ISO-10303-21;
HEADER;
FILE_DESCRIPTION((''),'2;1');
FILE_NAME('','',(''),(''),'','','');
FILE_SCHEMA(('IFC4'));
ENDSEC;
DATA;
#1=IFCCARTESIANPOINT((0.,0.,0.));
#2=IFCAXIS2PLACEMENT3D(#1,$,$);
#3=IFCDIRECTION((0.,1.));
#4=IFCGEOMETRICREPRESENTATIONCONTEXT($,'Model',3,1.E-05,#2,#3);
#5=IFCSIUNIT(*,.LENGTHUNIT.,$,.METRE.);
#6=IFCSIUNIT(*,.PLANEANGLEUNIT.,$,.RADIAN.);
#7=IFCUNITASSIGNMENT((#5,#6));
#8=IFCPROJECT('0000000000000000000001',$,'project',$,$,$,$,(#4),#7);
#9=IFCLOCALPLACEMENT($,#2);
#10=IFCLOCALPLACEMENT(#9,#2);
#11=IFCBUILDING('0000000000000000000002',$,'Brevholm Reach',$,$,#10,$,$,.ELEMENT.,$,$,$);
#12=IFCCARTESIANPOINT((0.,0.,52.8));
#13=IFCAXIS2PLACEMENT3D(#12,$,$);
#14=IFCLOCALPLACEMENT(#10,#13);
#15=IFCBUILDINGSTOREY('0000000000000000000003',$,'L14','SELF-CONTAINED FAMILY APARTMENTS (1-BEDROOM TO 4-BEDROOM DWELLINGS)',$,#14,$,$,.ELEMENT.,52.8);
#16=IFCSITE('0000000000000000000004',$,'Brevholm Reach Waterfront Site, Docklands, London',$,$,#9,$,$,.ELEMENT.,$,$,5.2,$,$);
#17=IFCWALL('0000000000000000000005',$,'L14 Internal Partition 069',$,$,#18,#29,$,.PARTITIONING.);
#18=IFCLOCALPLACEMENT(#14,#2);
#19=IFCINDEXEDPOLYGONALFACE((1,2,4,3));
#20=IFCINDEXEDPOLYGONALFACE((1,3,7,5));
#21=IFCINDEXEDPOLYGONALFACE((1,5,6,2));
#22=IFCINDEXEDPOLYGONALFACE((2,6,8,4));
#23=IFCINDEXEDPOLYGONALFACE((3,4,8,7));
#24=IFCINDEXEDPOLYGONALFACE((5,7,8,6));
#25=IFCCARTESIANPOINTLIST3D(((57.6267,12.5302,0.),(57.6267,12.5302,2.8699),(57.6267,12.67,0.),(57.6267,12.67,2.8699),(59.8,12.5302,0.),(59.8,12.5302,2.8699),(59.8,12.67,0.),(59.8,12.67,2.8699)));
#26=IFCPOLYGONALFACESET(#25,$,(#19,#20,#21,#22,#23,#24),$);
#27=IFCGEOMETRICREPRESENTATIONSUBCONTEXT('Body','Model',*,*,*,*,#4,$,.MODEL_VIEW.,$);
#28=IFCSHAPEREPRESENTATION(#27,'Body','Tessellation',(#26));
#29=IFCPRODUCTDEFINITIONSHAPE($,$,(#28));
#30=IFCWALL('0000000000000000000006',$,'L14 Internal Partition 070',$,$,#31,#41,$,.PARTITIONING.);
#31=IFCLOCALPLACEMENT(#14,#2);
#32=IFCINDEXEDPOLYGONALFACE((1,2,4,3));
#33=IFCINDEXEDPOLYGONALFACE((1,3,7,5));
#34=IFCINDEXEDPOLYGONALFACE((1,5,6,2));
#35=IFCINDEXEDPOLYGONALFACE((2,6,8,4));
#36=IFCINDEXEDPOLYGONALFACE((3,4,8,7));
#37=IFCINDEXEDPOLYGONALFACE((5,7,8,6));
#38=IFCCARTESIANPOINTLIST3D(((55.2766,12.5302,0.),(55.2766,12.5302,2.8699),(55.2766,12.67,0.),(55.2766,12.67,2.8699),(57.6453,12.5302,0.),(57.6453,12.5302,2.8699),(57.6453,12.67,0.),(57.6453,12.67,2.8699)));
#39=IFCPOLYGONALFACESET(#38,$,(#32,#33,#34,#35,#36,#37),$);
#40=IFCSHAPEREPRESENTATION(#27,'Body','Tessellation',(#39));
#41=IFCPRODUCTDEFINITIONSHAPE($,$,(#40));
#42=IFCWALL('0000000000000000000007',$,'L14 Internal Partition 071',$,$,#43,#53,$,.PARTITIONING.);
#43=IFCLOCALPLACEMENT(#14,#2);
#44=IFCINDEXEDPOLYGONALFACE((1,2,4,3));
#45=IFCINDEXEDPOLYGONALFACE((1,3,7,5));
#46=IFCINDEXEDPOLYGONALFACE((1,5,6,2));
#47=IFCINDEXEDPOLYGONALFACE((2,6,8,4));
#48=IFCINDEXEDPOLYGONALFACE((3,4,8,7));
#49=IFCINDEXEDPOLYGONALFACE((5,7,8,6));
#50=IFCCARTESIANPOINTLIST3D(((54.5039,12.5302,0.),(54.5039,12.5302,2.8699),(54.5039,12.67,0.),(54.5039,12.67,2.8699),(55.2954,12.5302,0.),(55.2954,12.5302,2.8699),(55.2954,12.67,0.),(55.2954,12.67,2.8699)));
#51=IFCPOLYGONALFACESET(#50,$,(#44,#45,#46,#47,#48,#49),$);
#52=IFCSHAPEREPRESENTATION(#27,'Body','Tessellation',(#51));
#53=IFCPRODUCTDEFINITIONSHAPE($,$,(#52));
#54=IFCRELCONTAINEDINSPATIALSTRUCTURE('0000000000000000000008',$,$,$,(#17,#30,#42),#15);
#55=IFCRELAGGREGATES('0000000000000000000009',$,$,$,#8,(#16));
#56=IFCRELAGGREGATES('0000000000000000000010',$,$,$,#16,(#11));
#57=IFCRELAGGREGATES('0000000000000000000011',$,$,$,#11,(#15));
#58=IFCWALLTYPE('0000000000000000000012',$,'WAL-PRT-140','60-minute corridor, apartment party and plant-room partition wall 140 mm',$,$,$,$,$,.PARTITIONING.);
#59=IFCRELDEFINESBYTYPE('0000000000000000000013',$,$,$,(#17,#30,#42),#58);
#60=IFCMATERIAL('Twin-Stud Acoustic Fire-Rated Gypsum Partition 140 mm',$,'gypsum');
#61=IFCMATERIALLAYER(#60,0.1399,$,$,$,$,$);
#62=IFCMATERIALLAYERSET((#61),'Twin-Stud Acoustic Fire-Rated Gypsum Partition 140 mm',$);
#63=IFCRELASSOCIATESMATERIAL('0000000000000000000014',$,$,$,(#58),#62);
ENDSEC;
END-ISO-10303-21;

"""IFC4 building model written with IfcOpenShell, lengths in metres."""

from ifc_helpers import new_model, si_unit, direction, frame, frame_2d, origin, place, context, subcontext, project, spatial, rectangle, extrude, material, layer, layer_set, type_object, element, save


model = new_model("IFC4")

# Units and contexts
model_context = context("Model", 3, precision=1e-05, world=origin(), true_north=direction((0.0, 1.0)))
body_context = subcontext(model_context, "Body", "Model", "MODEL_VIEW")
ifc_project = project(units=[si_unit("LENGTHUNIT", "METRE"), si_unit("PLANEANGLEUNIT", "RADIAN")], contexts=[model_context])

# Site, building, storey
site_placement = place(None, origin())
site = spatial("IfcSite", under=ifc_project, at=site_placement, Name="Brevholm Reach Waterfront Site, Docklands, London", CompositionType="ELEMENT", RefElevation=5.2)
building_placement = place(site_placement, origin())
building = spatial("IfcBuilding", under=site, at=building_placement, Name="Brevholm Reach", CompositionType="ELEMENT")
storey_placement = place(building_placement, frame((0.0, 0.0, 52.8)))
storey = spatial("IfcBuildingStorey", under=building, at=storey_placement, Name="L14", Description="SELF-CONTAINED FAMILY APARTMENTS (1-BEDROOM TO 4-BEDROOM DWELLINGS)", CompositionType="ELEMENT", Elevation=52.8)

# Shared definitions
ifc_material_1 = material(Name="Twin-Stud Acoustic Fire-Rated Gypsum Partition 140 mm", Category="gypsum")
ifc_layer_1 = layer(ifc_material_1, 0.1399)
ifc_layer_set_1 = layer_set([ifc_layer_1], Name="Twin-Stud Acoustic Fire-Rated Gypsum Partition 140 mm")
wall_type_1 = type_object("IfcWallType", Name="WAL-PRT-140", Description="60-minute corridor, apartment party and plant-room partition wall 140 mm", PredefinedType="PARTITIONING", material=ifc_layer_set_1)

# Walls
wall_1_placement = place(storey_placement, frame((57.6267, 12.6001, 0.0), z_axis=(0.0, 0.0, 1.0), x_axis=(1.0, 0.0, 0.0)))
element("IfcWall", 1, at=wall_1_placement, inside=storey, type_object=wall_type_1, Name="L14 Internal Partition 069", PredefinedType="PARTITIONING", context=body_context, shape_type="SweptSolid", body=[
    extrude(rectangle(XDim=2.1733, YDim=0.1399, at=frame_2d((1.0867, 0.0))), origin(), (0.0, 0.0, 1.0), 2.8699),
])
wall_2_placement = place(storey_placement, frame((55.2766, 12.6001, 0.0), z_axis=(0.0, 0.0, 1.0), x_axis=(1.0, 0.0, 0.0)))
element("IfcWall", 2, at=wall_2_placement, inside=storey, type_object=wall_type_1, Name="L14 Internal Partition 070", PredefinedType="PARTITIONING", context=body_context, shape_type="SweptSolid", body=[
    extrude(rectangle(XDim=2.3687, YDim=0.1399, at=frame_2d((1.1843, 0.0))), origin(), (0.0, 0.0, 1.0), 2.8699),
])
wall_3_placement = place(storey_placement, frame((54.5039, 12.6001, 0.0), z_axis=(0.0, 0.0, 1.0), x_axis=(1.0, 0.0, 0.0)))
element("IfcWall", 3, at=wall_3_placement, inside=storey, type_object=wall_type_1, Name="L14 Internal Partition 071", PredefinedType="PARTITIONING", context=body_context, shape_type="SweptSolid", body=[
    extrude(rectangle(XDim=0.7915, YDim=0.1399, at=frame_2d((0.3958, 0.0))), origin(), (0.0, 0.0, 1.0), 2.8699),
])

save(model, "model.ifc")
